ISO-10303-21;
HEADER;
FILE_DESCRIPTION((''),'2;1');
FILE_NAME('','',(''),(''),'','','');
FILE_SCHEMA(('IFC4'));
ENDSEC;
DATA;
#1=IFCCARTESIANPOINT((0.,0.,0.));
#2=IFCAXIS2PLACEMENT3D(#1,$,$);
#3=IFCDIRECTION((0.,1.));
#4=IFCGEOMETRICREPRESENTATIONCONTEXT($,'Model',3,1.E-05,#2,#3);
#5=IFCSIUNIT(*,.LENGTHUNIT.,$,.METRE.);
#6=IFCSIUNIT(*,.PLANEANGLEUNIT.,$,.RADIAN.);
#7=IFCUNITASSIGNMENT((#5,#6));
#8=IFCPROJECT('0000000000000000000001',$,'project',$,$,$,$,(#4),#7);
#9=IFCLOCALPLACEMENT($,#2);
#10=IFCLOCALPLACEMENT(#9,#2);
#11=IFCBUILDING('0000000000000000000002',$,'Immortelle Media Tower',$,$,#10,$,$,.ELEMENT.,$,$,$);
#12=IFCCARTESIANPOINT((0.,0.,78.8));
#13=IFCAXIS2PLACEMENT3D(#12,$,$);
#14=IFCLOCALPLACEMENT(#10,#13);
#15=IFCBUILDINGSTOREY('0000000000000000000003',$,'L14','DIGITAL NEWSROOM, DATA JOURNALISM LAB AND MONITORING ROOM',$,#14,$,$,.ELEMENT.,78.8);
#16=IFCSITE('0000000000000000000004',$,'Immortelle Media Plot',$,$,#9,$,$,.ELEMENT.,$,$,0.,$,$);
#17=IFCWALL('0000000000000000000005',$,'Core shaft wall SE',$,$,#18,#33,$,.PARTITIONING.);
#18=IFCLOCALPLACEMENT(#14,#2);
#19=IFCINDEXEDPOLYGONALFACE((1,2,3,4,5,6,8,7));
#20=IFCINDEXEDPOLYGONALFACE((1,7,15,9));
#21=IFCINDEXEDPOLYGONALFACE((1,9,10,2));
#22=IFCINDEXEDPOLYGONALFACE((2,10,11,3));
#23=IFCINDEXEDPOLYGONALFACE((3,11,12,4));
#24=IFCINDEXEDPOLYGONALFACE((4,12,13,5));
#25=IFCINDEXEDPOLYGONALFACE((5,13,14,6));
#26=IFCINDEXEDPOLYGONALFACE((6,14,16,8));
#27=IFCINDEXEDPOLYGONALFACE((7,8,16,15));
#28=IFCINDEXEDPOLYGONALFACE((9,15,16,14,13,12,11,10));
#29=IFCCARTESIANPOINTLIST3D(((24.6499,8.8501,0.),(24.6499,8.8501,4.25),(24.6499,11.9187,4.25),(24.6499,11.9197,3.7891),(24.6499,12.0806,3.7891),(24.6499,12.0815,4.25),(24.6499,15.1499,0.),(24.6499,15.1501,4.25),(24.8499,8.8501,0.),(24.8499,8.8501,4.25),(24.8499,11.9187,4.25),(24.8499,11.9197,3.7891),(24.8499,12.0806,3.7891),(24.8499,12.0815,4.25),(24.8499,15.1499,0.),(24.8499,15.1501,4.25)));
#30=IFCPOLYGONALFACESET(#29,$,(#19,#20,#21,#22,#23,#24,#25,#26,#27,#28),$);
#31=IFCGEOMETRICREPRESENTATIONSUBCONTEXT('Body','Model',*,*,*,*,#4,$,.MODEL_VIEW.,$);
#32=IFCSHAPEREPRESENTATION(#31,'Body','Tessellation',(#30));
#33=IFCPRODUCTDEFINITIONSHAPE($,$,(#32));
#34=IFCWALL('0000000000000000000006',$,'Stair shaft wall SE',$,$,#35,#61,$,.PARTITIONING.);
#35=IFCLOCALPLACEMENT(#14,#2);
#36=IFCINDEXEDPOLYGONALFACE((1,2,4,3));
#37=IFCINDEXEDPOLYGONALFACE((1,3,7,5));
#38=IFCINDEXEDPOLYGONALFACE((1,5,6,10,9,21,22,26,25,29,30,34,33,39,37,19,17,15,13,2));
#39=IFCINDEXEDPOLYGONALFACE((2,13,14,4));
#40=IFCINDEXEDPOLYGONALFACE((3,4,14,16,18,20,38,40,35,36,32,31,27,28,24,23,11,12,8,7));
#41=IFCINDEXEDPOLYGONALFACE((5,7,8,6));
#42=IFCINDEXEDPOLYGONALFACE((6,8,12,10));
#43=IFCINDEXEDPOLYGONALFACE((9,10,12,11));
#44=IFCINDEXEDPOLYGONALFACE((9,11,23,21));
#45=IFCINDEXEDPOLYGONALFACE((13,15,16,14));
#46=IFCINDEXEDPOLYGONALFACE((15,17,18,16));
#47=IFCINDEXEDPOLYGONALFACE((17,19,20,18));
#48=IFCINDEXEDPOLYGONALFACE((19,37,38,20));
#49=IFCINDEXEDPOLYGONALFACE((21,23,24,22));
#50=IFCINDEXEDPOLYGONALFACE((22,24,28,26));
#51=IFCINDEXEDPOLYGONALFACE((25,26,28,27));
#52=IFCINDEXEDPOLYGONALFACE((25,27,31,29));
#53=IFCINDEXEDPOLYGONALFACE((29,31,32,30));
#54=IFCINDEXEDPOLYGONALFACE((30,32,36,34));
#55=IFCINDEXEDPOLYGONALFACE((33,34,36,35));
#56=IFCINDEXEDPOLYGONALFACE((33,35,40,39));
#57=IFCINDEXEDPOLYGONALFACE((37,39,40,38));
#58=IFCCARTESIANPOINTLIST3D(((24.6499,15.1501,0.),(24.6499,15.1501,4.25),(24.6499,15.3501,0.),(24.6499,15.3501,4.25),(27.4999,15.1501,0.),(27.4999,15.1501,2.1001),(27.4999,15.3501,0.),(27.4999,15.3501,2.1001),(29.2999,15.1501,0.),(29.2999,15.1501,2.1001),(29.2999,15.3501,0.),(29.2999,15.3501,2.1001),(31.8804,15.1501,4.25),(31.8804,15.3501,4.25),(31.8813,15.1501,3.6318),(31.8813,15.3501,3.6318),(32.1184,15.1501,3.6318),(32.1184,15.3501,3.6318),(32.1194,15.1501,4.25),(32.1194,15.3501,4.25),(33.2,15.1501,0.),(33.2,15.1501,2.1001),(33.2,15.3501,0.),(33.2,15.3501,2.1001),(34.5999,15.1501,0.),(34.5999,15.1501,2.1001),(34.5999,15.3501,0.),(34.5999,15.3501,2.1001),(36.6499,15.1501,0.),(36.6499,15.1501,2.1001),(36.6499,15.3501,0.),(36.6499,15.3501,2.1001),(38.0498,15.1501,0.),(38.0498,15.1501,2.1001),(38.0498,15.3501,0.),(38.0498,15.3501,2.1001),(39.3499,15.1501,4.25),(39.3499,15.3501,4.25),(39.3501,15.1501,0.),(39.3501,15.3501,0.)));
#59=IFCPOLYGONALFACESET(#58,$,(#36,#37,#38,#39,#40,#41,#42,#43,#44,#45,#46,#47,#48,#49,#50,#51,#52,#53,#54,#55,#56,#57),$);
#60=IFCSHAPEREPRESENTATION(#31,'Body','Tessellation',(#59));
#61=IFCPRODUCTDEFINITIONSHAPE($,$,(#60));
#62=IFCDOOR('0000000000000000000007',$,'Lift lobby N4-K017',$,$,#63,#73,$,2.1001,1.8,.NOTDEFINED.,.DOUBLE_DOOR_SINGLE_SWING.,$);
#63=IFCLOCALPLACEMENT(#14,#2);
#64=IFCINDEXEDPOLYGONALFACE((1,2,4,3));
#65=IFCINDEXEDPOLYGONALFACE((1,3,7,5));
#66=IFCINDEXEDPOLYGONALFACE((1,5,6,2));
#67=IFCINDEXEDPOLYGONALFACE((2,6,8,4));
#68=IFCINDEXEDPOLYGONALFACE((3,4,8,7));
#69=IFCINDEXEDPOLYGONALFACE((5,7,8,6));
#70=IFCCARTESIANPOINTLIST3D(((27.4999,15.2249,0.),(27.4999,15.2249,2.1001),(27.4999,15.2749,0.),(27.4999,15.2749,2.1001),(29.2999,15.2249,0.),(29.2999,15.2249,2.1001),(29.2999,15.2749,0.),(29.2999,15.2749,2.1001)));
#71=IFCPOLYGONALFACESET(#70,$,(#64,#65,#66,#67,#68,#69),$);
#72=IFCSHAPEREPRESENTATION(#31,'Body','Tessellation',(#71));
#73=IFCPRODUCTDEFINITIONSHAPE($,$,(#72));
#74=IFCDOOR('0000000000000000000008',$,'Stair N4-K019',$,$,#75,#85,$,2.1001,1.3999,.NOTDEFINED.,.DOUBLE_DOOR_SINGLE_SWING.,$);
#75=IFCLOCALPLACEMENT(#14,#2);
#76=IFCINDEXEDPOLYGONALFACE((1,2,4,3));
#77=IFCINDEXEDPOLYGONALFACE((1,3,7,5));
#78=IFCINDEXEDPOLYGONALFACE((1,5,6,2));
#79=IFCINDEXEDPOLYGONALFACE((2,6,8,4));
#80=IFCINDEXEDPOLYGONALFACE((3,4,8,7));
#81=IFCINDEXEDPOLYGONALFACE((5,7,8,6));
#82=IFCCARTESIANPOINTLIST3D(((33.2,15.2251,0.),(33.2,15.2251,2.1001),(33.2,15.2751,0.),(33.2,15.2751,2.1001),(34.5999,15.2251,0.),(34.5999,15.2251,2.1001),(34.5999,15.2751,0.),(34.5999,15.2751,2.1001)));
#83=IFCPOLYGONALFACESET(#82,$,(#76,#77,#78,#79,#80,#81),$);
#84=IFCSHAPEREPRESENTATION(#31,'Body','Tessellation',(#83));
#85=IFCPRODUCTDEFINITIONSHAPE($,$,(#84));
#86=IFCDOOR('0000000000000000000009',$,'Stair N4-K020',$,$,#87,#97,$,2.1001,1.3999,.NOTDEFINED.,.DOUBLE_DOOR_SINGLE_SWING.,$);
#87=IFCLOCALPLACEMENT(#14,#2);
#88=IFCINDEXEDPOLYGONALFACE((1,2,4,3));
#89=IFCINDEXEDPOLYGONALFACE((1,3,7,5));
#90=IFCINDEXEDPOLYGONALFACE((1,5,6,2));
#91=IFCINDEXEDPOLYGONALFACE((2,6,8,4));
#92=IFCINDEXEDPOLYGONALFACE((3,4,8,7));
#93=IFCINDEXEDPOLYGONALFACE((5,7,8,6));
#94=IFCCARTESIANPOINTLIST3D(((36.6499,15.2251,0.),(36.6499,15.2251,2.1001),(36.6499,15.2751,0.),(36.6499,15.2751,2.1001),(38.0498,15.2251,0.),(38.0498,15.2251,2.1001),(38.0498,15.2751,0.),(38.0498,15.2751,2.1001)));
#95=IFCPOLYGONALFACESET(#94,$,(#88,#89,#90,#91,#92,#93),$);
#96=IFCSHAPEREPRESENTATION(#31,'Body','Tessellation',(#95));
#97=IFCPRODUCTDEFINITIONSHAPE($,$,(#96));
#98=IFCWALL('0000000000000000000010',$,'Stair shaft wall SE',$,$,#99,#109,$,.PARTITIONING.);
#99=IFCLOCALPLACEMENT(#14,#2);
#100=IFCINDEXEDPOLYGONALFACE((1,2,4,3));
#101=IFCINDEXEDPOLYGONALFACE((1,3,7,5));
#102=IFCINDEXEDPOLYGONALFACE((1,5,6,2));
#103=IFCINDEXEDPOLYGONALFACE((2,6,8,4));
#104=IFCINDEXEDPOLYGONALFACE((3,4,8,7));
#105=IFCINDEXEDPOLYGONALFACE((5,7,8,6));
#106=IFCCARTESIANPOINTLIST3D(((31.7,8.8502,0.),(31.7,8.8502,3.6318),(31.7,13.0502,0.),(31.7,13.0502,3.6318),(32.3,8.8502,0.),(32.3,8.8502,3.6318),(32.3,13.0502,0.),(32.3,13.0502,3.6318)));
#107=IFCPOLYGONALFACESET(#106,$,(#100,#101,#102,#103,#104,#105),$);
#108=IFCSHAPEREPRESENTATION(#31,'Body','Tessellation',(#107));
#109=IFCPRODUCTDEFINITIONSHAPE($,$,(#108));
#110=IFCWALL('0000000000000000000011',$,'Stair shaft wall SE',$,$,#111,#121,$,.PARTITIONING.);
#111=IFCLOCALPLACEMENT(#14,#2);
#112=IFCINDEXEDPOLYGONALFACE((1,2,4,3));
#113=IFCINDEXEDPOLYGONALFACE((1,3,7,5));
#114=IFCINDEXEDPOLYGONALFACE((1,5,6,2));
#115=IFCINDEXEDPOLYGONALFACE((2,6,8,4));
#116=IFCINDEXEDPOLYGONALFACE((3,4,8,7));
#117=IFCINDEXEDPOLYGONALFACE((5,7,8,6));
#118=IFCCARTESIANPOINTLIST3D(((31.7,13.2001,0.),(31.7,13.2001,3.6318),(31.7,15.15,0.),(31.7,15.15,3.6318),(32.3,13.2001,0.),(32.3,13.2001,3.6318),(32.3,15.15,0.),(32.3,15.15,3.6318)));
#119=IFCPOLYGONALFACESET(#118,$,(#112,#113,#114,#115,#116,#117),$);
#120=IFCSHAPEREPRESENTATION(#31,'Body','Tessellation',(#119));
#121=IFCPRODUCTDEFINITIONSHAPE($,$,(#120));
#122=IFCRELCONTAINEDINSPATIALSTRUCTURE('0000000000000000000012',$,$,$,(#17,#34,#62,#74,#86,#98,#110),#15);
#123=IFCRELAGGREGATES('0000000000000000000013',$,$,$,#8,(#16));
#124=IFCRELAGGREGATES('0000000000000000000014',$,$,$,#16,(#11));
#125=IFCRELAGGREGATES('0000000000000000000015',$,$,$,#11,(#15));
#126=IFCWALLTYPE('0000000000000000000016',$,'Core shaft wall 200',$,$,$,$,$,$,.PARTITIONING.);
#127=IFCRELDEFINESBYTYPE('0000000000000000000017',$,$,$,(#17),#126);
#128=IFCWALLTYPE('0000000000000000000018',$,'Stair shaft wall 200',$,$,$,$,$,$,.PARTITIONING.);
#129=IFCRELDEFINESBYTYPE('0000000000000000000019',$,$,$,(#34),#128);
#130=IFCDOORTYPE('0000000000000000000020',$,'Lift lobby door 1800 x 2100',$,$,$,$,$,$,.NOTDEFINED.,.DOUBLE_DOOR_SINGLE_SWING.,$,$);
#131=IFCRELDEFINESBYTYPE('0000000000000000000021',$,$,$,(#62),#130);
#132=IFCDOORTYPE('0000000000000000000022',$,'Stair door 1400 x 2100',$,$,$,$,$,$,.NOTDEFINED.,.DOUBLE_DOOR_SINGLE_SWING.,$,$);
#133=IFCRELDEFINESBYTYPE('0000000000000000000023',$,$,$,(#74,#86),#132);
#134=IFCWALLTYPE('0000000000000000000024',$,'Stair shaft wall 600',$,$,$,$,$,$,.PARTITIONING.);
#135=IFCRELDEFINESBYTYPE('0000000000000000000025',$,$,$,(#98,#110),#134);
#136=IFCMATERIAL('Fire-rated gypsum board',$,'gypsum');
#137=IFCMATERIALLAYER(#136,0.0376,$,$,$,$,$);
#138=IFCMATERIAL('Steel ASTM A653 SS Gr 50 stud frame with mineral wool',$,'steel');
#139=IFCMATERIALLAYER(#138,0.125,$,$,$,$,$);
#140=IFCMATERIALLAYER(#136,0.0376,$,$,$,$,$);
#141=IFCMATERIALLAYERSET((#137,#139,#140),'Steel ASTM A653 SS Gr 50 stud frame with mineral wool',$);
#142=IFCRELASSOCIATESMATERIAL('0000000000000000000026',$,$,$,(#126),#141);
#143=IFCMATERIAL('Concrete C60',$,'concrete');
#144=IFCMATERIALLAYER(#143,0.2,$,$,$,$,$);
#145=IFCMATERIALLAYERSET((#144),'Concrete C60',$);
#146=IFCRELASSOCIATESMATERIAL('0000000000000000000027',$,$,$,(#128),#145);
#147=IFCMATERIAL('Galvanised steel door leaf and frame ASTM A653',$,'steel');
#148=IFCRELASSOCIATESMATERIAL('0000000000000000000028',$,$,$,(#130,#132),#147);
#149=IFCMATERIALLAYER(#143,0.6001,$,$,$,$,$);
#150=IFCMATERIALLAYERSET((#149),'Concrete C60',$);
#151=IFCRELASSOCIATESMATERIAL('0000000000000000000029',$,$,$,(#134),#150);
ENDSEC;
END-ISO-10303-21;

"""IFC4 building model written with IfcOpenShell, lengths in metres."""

from ifc_helpers import new_model, si_unit, direction, frame, frame_2d, origin, place, context, subcontext, project, spatial, polyline, rectangle, outline, extrude, material, layer, layer_set, type_object, element, fill, save


model = new_model("IFC4")

# Units and contexts
model_context = context("Model", 3, precision=1e-05, world=origin(), true_north=direction((0.0, 1.0)))
body_context = subcontext(model_context, "Body", "Model", "MODEL_VIEW")
ifc_project = project(units=[si_unit("LENGTHUNIT", "METRE"), si_unit("PLANEANGLEUNIT", "RADIAN")], contexts=[model_context])

# Site, building, storey
site_placement = place(None, origin())
site = spatial("IfcSite", under=ifc_project, at=site_placement, Name="Immortelle Media Plot", CompositionType="ELEMENT", RefElevation=0.0)
building_placement = place(site_placement, origin())
building = spatial("IfcBuilding", under=site, at=building_placement, Name="Immortelle Media Tower", CompositionType="ELEMENT")
storey_placement = place(building_placement, frame((0.0, 0.0, 78.8)))
storey = spatial("IfcBuildingStorey", under=building, at=storey_placement, Name="L14", Description="DIGITAL NEWSROOM, DATA JOURNALISM LAB AND MONITORING ROOM", CompositionType="ELEMENT", Elevation=78.8)

# Shared definitions
ifc_material_1 = material(Name="Fire-rated gypsum board", Category="gypsum")
ifc_material_2 = material(Name="Steel ASTM A653 SS Gr 50 stud frame with mineral wool", Category="steel")
ifc_material_3 = material(Name="Galvanised steel door leaf and frame ASTM A653", Category="steel")

# Wall
ifc_layer_1 = layer(ifc_material_1, 0.0376)
ifc_layer_2 = layer(ifc_material_2, 0.125)
ifc_layer_3 = layer(ifc_material_1, 0.0376)
ifc_layer_set_1 = layer_set([ifc_layer_1, ifc_layer_2, ifc_layer_3], Name="Steel ASTM A653 SS Gr 50 stud frame with mineral wool")
wall_type_1 = type_object("IfcWallType", Name="Core shaft wall 200", PredefinedType="PARTITIONING", material=ifc_layer_set_1)
wall_1_placement = place(storey_placement, frame((24.75, 8.8501, 0.0), z_axis=(0.0, 0.0, 1.0), x_axis=(0.0, 1.0, 0.0)))
element("IfcWall", 1, at=wall_1_placement, inside=storey, type_object=wall_type_1, Name="Core shaft wall SE", PredefinedType="PARTITIONING", context=body_context, shape_type="SweptSolid", body=[
    extrude(outline(polyline([(0.0, 0.0), (6.2998, 0.0), (6.3, 4.25), (3.2314, 4.25), (3.2305, 3.7891), (3.0696, 3.7891), (3.0686, 4.25), (0.0, 4.25), (0.0, 0.0)])), frame((0.0, 0.1001, 0.0), z_axis=(0.0, -1.0, 0.0), x_axis=(1.0, 0.0, 0.0)), (0.0, 0.0, 1.0), 0.2),
])

# Wall, openings, doors
ifc_material_4 = material(Name="Concrete C60", Category="concrete")
ifc_layer_4 = layer(ifc_material_4, 0.2)
ifc_layer_set_2 = layer_set([ifc_layer_4], Name="Concrete C60")
wall_type_2 = type_object("IfcWallType", Name="Stair shaft wall 200", PredefinedType="PARTITIONING", material=ifc_layer_set_2)
wall_2_placement = place(storey_placement, frame((24.6499, 15.25, 0.0), z_axis=(0.0, 0.0, 1.0), x_axis=(1.0, 0.0, 0.0)))
wall_2 = element("IfcWall", 2, at=wall_2_placement, inside=storey, type_object=wall_type_2, Name="Stair shaft wall SE", PredefinedType="PARTITIONING", context=body_context, shape_type="SweptSolid", body=[
    extrude(outline(polyline([(0.0, 0.0), (14.7002, 0.0), (14.7, 4.25), (7.4695, 4.25), (7.4685, 3.6318), (7.2314, 3.6318), (7.2305, 4.25), (0.0, 4.25), (0.0, 0.0)])), frame((0.0, 0.1001, 0.0), z_axis=(0.0, -1.0, 0.0), x_axis=(1.0, 0.0, 0.0)), (0.0, 0.0, 1.0), 0.2),
])
opening_1_placement = place(wall_2_placement, frame((2.8501, 0.0, 0.0)))
opening_1 = element("IfcOpeningElement", 3, at=opening_1_placement, cuts=wall_2, PredefinedType="OPENING", context=body_context, shape_type="SweptSolid", body=[
    extrude(rectangle(XDim=1.8, YDim=2.1001, at=frame_2d((0.8999, 1.05))), frame((0.0, 0.1099, 0.0), z_axis=(0.0, -1.0, 0.0), x_axis=(1.0, 0.0, 0.0)), (0.0, 0.0, 1.0), 0.22),
])
opening_2_placement = place(wall_2_placement, frame((9.95, 0.0, 0.0), z_axis=(0.0, 0.0, 1.0), x_axis=(-1.0, 0.0, 0.0)))
opening_2 = element("IfcOpeningElement", 4, at=opening_2_placement, cuts=wall_2, PredefinedType="OPENING", context=body_context, shape_type="SweptSolid", body=[
    extrude(rectangle(XDim=1.3999, YDim=2.1001, at=frame_2d((0.7, 1.05))), frame((0.0, 0.1099, 0.0), z_axis=(0.0, -1.0, 0.0), x_axis=(1.0, 0.0, 0.0)), (0.0, 0.0, 1.0), 0.22),
])
opening_3_placement = place(wall_2_placement, frame((13.3999, 0.0, 0.0), z_axis=(0.0, 0.0, 1.0), x_axis=(-1.0, 0.0, 0.0)))
opening_3 = element("IfcOpeningElement", 5, at=opening_3_placement, cuts=wall_2, PredefinedType="OPENING", context=body_context, shape_type="SweptSolid", body=[
    extrude(rectangle(XDim=1.3999, YDim=2.1001, at=frame_2d((0.7, 1.05))), frame((0.0, 0.1099, 0.0), z_axis=(0.0, -1.0, 0.0), x_axis=(1.0, 0.0, 0.0)), (0.0, 0.0, 1.0), 0.22),
])
door_type_1 = type_object("IfcDoorType", Name="Lift lobby door 1800 x 2100", OperationType="DOUBLE_DOOR_SINGLE_SWING", PredefinedType="NOTDEFINED", material=ifc_material_3)
door_1_placement = place(opening_1_placement, origin())
door_1 = element("IfcDoor", 6, at=door_1_placement, inside=storey, type_object=door_type_1, Name="Lift lobby N4-K017", OperationType="DOUBLE_DOOR_SINGLE_SWING", OverallHeight=2.1001, OverallWidth=1.8, PredefinedType="NOTDEFINED", context=body_context, shape_type="SweptSolid", body=[
    extrude(rectangle(XDim=1.8, YDim=2.1001, at=frame_2d((0.8999, 1.05))), frame((0.0, 0.0249, 0.0), z_axis=(0.0, -1.0, 0.0), x_axis=(1.0, 0.0, 0.0)), (0.0, 0.0, 1.0), 0.05),
])
fill(opening_1, door_1)
door_type_2 = type_object("IfcDoorType", Name="Stair door 1400 x 2100", OperationType="DOUBLE_DOOR_SINGLE_SWING", PredefinedType="NOTDEFINED", material=ifc_material_3)
door_2_placement = place(opening_2_placement, origin())
door_2 = element("IfcDoor", 7, at=door_2_placement, inside=storey, type_object=door_type_2, Name="Stair N4-K019", OperationType="DOUBLE_DOOR_SINGLE_SWING", OverallHeight=2.1001, OverallWidth=1.3999, PredefinedType="NOTDEFINED", context=body_context, shape_type="SweptSolid", body=[
    extrude(rectangle(XDim=1.3999, YDim=2.1001, at=frame_2d((0.7, 1.05))), frame((0.0, 0.0249, 0.0), z_axis=(0.0, -1.0, 0.0), x_axis=(1.0, 0.0, 0.0)), (0.0, 0.0, 1.0), 0.05),
])
fill(opening_2, door_2)
door_3_placement = place(opening_3_placement, origin())
door_3 = element("IfcDoor", 8, at=door_3_placement, inside=storey, type_object=door_type_2, Name="Stair N4-K020", OperationType="DOUBLE_DOOR_SINGLE_SWING", OverallHeight=2.1001, OverallWidth=1.3999, PredefinedType="NOTDEFINED", context=body_context, shape_type="SweptSolid", body=[
    extrude(rectangle(XDim=1.3999, YDim=2.1001, at=frame_2d((0.7, 1.05))), frame((0.0, 0.0249, 0.0), z_axis=(0.0, -1.0, 0.0), x_axis=(1.0, 0.0, 0.0)), (0.0, 0.0, 1.0), 0.05),
])
fill(opening_3, door_3)

# Walls
ifc_layer_5 = layer(ifc_material_4, 0.6001)
ifc_layer_set_3 = layer_set([ifc_layer_5], Name="Concrete C60")
wall_type_3 = type_object("IfcWallType", Name="Stair shaft wall 600", PredefinedType="PARTITIONING", material=ifc_layer_set_3)
wall_3_placement = place(storey_placement, frame((32.0, 8.8501, 0.0), z_axis=(0.0, 0.0, 1.0), x_axis=(0.0, 1.0, 0.0)))
element("IfcWall", 9, at=wall_3_placement, inside=storey, type_object=wall_type_3, Name="Stair shaft wall SE", PredefinedType="PARTITIONING", context=body_context, shape_type="SweptSolid", body=[
    extrude(rectangle(XDim=4.2, YDim=0.6001, at=frame_2d((2.1001, 0.0))), origin(), (0.0, 0.0, 1.0), 3.6318),
])
wall_4_placement = place(storey_placement, frame((32.0, 13.2, 0.0), z_axis=(0.0, 0.0, 1.0), x_axis=(0.0, 1.0, 0.0)))
element("IfcWall", 10, at=wall_4_placement, inside=storey, type_object=wall_type_3, Name="Stair shaft wall SE", PredefinedType="PARTITIONING", context=body_context, shape_type="SweptSolid", body=[
    extrude(rectangle(XDim=1.95, YDim=0.6001, at=frame_2d((0.9751, 0.0))), origin(), (0.0, 0.0, 1.0), 3.6318),
])

save(model, "model.ifc")
